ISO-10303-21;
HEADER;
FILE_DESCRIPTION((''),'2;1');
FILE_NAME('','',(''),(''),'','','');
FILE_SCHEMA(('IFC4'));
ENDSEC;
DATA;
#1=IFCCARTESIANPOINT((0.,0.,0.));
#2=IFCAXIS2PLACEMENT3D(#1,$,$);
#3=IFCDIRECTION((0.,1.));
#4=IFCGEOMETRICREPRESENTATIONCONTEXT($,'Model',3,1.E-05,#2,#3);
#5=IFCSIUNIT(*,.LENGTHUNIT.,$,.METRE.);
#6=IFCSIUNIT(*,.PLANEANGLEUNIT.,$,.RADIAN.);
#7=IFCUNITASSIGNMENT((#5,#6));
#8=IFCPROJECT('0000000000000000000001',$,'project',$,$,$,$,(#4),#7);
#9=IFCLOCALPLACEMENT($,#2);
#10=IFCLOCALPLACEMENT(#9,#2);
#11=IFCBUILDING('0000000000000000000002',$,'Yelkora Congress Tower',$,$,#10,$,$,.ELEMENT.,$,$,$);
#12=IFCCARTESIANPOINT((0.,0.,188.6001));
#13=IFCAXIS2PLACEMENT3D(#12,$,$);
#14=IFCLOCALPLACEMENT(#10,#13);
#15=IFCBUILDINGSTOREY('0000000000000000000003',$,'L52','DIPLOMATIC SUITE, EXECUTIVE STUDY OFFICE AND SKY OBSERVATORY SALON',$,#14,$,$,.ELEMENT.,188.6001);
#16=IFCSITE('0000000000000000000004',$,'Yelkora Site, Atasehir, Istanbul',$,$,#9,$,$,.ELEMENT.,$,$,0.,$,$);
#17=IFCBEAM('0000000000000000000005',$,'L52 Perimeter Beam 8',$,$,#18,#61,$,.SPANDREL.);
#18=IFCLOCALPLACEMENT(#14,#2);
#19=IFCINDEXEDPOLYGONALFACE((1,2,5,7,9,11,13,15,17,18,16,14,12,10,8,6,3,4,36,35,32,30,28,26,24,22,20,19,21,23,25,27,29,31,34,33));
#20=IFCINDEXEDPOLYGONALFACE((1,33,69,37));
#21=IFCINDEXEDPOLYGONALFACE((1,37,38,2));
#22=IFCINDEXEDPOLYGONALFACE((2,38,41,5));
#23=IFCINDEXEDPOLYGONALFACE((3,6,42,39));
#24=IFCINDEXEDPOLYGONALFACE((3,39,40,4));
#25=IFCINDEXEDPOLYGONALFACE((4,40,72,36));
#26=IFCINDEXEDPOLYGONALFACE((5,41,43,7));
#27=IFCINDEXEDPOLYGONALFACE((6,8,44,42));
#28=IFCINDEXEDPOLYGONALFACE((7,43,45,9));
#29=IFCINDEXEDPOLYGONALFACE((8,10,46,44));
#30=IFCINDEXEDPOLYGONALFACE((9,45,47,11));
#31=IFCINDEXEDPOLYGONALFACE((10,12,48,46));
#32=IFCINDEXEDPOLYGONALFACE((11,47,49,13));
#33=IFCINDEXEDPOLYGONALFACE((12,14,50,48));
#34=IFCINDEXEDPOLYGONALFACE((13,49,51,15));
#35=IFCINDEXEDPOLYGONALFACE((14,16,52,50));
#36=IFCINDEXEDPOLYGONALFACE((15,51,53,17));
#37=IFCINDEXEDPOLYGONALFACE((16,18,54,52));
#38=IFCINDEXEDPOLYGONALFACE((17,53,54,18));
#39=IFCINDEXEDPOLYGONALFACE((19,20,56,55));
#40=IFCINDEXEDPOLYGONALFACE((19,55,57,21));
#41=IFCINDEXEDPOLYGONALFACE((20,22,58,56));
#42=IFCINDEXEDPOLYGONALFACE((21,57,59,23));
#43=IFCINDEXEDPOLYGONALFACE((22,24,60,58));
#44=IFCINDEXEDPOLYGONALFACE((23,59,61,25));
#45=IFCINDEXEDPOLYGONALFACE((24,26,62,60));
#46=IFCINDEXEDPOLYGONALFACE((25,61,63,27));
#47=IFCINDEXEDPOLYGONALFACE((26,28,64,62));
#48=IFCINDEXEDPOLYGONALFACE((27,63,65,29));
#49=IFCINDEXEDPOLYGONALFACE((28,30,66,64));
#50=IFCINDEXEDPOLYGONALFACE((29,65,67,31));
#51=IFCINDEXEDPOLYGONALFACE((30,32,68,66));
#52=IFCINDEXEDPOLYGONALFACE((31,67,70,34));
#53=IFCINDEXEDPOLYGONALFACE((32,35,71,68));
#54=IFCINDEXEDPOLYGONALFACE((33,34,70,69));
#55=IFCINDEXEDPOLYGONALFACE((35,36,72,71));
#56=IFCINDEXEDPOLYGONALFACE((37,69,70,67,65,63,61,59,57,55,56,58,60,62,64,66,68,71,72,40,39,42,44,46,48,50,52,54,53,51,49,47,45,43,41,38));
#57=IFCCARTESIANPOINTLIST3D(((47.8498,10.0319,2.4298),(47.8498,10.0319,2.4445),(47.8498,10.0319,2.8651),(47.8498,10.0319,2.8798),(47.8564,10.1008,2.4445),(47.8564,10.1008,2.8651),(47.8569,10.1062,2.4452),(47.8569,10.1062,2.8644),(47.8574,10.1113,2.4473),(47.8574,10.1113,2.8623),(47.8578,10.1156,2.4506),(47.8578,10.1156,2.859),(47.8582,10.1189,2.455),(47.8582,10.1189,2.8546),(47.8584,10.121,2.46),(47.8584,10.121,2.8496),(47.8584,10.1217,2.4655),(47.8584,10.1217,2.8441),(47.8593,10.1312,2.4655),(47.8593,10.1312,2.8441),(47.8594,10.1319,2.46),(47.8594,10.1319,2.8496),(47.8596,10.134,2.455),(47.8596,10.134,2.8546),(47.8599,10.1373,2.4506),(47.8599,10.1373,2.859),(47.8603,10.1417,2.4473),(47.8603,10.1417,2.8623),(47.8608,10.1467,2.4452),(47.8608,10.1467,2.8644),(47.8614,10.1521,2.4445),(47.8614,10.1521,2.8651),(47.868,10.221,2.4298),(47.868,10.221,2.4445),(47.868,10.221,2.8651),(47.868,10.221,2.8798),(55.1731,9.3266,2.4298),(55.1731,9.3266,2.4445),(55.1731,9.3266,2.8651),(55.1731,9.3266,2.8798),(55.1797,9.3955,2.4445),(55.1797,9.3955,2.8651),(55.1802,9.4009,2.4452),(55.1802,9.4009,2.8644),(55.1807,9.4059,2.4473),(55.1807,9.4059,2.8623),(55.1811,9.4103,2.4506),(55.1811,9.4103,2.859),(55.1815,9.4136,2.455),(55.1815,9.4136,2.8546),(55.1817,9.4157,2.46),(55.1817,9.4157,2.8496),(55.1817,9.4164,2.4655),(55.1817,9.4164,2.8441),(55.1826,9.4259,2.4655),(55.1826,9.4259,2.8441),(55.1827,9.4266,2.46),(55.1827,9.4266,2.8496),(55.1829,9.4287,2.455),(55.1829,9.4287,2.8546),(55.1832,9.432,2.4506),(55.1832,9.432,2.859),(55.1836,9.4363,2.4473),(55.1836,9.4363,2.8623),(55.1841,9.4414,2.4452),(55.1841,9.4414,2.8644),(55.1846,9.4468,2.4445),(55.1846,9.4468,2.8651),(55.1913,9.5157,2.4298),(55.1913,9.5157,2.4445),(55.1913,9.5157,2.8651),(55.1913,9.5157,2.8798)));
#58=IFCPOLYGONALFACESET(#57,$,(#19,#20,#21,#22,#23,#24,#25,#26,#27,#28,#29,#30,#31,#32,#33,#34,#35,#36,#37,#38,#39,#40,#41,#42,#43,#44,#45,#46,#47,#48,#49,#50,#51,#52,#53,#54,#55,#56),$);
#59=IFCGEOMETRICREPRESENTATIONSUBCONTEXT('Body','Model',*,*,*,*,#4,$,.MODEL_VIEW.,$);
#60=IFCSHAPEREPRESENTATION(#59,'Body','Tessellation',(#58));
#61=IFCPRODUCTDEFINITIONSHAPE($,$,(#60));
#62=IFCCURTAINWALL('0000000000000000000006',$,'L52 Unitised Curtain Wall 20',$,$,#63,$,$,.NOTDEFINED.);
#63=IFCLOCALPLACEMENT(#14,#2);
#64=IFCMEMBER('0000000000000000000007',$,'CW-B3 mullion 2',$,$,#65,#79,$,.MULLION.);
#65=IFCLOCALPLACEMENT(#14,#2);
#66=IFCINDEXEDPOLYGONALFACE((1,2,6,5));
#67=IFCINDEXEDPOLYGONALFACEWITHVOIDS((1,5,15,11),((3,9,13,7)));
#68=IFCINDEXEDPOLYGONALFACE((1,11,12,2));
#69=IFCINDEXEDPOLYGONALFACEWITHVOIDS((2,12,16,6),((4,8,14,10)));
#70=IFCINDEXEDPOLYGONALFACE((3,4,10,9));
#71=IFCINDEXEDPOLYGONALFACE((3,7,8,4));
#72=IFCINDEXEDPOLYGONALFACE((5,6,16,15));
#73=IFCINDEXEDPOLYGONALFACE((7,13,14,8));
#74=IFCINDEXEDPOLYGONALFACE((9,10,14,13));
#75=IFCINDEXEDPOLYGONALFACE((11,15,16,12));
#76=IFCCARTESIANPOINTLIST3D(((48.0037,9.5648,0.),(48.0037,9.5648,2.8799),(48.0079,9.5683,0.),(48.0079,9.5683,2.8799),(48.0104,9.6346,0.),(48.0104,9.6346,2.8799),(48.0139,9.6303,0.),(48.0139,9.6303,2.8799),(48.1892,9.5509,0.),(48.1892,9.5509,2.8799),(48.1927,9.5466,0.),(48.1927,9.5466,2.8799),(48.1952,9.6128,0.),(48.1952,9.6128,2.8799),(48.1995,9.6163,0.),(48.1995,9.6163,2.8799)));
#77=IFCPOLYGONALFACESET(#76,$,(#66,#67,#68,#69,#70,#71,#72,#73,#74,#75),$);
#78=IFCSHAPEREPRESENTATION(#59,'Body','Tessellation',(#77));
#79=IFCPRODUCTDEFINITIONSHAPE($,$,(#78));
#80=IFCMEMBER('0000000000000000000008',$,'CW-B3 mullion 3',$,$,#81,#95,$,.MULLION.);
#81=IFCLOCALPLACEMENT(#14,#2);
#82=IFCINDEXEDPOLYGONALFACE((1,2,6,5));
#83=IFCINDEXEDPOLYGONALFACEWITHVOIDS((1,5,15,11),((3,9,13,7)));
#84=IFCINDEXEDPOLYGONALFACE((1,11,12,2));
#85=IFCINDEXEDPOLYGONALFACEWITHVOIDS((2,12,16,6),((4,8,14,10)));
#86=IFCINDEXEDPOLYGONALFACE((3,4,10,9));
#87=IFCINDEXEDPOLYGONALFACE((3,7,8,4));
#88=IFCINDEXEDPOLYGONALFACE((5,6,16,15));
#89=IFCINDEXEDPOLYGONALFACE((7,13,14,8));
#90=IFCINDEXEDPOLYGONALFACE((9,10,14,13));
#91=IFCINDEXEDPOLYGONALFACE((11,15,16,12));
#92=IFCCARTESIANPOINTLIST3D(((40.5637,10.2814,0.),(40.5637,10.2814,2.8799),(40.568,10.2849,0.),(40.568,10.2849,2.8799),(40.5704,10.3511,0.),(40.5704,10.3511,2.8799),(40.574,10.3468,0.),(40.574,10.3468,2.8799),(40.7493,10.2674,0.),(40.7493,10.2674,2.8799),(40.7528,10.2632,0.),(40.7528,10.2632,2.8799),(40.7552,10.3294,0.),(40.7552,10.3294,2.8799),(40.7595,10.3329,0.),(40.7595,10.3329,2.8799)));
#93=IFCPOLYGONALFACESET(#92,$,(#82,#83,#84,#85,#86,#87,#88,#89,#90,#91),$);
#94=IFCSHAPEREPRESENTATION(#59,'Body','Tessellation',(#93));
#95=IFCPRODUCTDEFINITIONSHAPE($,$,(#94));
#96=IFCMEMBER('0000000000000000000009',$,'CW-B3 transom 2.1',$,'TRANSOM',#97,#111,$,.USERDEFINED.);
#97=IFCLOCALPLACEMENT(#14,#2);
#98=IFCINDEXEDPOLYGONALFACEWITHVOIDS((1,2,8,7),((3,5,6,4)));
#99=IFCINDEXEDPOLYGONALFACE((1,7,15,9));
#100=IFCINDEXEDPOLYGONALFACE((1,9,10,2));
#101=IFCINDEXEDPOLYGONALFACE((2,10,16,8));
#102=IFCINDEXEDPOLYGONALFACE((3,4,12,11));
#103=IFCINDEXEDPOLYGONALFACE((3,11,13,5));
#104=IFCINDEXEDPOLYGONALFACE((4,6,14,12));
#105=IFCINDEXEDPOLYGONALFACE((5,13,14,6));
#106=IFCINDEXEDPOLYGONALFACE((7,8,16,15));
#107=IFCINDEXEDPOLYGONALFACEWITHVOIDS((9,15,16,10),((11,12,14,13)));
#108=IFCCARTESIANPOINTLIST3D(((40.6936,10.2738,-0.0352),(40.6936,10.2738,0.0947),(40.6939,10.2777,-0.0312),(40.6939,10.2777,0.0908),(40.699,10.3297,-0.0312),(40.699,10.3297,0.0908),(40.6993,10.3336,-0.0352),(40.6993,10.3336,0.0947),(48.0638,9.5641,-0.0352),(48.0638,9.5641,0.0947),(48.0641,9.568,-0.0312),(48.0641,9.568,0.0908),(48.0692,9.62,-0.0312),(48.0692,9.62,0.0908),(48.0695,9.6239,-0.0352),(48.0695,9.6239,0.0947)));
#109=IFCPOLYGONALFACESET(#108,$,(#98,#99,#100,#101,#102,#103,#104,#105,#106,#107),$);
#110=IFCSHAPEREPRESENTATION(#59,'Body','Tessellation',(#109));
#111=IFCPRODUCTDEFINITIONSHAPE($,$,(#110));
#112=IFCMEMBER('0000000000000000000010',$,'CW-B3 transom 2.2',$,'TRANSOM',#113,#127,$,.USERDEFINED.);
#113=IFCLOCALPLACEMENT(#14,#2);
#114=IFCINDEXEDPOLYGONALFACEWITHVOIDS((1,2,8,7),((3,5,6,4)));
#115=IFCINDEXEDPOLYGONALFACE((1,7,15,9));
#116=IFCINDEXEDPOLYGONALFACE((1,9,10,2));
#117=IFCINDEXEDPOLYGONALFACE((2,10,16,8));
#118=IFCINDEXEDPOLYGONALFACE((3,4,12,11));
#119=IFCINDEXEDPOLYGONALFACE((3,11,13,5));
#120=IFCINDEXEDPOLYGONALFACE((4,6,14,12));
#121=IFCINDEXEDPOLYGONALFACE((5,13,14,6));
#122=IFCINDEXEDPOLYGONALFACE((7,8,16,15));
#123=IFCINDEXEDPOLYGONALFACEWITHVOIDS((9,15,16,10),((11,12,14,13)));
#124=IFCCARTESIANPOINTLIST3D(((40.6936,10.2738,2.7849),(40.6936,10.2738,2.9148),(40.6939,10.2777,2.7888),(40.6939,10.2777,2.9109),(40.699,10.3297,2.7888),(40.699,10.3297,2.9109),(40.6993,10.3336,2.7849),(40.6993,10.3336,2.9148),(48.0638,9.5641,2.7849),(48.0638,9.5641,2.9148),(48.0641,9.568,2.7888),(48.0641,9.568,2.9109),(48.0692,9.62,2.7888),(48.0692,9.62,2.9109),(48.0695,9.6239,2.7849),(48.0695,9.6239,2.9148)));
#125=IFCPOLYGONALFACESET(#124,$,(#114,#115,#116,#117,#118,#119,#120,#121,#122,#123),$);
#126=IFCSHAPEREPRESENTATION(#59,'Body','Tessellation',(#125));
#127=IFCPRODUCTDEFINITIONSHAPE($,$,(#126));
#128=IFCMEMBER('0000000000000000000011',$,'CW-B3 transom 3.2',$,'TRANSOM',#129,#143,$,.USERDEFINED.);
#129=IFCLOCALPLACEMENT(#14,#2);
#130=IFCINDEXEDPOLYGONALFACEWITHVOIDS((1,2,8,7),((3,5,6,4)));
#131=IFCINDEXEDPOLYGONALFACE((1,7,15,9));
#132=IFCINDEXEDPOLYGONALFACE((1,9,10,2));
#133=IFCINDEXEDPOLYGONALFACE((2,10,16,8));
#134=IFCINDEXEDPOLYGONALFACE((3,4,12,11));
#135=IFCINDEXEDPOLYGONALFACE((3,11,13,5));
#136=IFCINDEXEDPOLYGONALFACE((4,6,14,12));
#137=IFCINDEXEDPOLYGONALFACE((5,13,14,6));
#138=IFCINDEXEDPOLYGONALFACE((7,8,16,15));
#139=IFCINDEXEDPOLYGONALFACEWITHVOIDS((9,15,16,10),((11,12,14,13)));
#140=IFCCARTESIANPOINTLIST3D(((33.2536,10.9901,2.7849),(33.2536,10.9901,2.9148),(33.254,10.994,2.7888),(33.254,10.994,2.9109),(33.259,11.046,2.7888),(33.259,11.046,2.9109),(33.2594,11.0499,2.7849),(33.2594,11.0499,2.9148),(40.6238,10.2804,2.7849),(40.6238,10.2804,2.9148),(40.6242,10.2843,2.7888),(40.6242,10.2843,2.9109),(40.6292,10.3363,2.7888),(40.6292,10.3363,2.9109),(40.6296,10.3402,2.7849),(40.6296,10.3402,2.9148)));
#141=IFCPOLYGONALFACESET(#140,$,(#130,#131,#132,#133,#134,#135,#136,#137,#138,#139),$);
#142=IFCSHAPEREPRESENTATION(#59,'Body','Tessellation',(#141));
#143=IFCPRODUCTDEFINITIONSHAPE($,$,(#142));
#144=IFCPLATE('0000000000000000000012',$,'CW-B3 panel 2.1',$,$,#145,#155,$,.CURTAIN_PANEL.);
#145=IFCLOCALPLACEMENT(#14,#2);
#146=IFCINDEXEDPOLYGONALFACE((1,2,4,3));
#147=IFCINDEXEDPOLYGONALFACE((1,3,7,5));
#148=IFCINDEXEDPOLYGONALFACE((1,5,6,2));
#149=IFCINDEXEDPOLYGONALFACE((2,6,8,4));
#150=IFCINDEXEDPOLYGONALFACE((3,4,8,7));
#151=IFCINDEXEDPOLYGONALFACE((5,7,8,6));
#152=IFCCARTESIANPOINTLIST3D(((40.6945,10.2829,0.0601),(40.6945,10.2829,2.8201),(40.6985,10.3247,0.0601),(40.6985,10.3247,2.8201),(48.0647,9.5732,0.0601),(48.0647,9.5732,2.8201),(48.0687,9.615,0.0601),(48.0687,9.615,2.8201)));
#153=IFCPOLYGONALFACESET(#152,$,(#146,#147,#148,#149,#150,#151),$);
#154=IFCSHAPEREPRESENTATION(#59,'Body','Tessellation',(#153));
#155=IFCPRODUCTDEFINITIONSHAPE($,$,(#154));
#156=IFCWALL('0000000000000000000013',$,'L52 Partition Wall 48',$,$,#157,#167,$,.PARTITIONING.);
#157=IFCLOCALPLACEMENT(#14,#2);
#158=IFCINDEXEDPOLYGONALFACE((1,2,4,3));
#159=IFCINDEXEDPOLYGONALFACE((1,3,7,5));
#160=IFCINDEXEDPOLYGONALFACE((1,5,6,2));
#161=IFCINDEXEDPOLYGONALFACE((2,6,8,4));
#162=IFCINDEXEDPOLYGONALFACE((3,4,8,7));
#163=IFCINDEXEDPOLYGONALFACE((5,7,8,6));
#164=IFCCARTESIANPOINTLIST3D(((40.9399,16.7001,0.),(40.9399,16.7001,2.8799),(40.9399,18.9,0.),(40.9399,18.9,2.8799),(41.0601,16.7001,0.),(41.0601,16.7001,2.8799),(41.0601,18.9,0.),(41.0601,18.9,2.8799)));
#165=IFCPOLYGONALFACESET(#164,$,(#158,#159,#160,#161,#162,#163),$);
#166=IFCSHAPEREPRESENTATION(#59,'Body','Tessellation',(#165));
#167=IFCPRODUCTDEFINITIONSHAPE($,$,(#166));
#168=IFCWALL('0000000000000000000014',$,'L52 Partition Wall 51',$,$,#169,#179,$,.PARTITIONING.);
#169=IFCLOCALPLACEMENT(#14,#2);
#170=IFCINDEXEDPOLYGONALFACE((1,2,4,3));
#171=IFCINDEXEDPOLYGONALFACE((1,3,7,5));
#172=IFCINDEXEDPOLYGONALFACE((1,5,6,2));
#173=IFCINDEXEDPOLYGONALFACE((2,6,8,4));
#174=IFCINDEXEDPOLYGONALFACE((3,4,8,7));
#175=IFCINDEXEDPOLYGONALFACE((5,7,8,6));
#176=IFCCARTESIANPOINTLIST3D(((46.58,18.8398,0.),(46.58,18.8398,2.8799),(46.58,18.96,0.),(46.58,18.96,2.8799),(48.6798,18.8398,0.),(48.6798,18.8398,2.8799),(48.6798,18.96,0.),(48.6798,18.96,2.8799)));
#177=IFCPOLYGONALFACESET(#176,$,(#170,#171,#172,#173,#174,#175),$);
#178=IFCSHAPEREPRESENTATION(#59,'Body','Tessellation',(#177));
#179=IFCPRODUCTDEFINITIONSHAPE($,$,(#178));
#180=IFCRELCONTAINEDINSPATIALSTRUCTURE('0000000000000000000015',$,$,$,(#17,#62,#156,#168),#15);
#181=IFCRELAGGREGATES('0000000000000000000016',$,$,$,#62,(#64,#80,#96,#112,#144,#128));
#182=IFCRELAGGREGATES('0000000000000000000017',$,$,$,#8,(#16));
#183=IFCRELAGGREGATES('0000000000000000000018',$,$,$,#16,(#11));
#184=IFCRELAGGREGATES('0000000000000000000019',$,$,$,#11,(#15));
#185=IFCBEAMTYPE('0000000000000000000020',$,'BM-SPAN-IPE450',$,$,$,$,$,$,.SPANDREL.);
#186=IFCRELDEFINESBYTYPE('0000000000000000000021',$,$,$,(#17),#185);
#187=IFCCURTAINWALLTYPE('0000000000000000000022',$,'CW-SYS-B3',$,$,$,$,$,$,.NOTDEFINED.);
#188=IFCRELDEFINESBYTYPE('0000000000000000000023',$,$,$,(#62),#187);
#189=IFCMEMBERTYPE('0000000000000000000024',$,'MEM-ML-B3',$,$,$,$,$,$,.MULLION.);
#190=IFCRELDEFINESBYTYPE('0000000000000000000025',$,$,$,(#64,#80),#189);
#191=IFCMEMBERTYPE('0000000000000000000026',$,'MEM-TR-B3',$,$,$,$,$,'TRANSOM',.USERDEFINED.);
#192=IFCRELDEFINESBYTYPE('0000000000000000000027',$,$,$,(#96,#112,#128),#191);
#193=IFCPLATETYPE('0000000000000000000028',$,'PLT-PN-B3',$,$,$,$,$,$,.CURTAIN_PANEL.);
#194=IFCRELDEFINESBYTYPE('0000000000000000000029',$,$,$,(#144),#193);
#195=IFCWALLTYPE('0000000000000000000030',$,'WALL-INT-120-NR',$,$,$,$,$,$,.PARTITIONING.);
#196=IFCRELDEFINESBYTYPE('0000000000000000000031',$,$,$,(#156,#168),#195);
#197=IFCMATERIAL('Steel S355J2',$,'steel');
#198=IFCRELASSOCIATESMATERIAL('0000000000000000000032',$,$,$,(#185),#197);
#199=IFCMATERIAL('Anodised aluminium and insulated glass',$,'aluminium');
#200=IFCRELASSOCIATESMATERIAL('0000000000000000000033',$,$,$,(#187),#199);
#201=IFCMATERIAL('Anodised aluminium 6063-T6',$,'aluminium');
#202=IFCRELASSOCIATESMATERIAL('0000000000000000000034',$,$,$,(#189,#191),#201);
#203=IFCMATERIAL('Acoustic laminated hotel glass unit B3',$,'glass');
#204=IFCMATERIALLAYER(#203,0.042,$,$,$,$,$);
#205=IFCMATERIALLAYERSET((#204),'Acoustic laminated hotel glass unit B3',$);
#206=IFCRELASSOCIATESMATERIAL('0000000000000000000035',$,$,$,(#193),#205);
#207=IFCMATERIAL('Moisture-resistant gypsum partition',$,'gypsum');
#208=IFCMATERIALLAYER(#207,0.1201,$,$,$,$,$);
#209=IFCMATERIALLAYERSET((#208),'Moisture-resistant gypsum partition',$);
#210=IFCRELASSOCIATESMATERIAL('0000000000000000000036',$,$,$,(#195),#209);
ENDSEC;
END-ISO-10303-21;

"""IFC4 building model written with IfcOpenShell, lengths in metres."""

from ifc_helpers import new_model, si_unit, direction, frame, frame_2d, origin, origin_2d, place, context, subcontext, project, spatial, rectangle, hollow_rectangle, i_section, extrude, material, layer, layer_set, material_profile, profile_set, type_object, element, aggregate, save


model = new_model("IFC4")

# Units and contexts
model_context = context("Model", 3, precision=1e-05, world=origin(), true_north=direction((0.0, 1.0)))
body_context = subcontext(model_context, "Body", "Model", "MODEL_VIEW")
ifc_project = project(units=[si_unit("LENGTHUNIT", "METRE"), si_unit("PLANEANGLEUNIT", "RADIAN")], contexts=[model_context])

# Site, building, storey
site_placement = place(None, origin())
site = spatial("IfcSite", under=ifc_project, at=site_placement, Name="Yelkora Site, Atasehir, Istanbul", CompositionType="ELEMENT", RefElevation=0.0)
building_placement = place(site_placement, origin())
building = spatial("IfcBuilding", under=site, at=building_placement, Name="Yelkora Congress Tower", CompositionType="ELEMENT")
storey_placement = place(building_placement, frame((0.0, 0.0, 188.6001)))
storey = spatial("IfcBuildingStorey", under=building, at=storey_placement, Name="L52", Description="DIPLOMATIC SUITE, EXECUTIVE STUDY OFFICE AND SKY OBSERVATORY SALON", CompositionType="ELEMENT", Elevation=188.6001)

# Beam
ifc_material_1 = material(Name="Steel S355J2", Category="steel")
ifc_material_profile_1 = material_profile(ifc_material_1, i_section(OverallWidth=0.1899, OverallDepth=0.45, WebThickness=0.0095, FlangeThickness=0.0146, FilletRadius=0.021, at=origin_2d()), Name="IPE 450")
ifc_profile_set_1 = profile_set([ifc_material_profile_1], Name="Steel S355J2")
beam_type_1 = type_object("IfcBeamType", Name="BM-SPAN-IPE450", PredefinedType="SPANDREL", material=ifc_profile_set_1)
beam_1_placement = place(storey_placement, frame((47.8589, 10.1265, 2.6548), z_axis=(0.995394, -0.095869, 0.0), x_axis=(0.095869, 0.995394, 0.0)))
element("IfcBeam", 1, at=beam_1_placement, inside=storey, type_object=beam_type_1, Name="L52 Perimeter Beam 8", PredefinedType="SPANDREL", context=body_context, shape_type="SweptSolid", body=[
    extrude(i_section(OverallWidth=0.1899, OverallDepth=0.45, WebThickness=0.0095, FlangeThickness=0.0146, FilletRadius=0.021, at=origin_2d()), origin(), (0.0, 0.0, 1.0), 7.3572),
])

# Curtain wall, members, plate
ifc_material_2 = material(Name="Anodised aluminium and insulated glass", Category="aluminium")
curtain_wall_type = type_object("IfcCurtainWallType", Name="CW-SYS-B3", PredefinedType="NOTDEFINED", material=ifc_material_2)
curtain_wall_placement = place(storey_placement, origin())
curtain_wall = element("IfcCurtainWall", 2, at=curtain_wall_placement, inside=storey, type_object=curtain_wall_type, Name="L52 Unitised Curtain Wall 20", PredefinedType="NOTDEFINED")
ifc_material_3 = material(Name="Anodised aluminium 6063-T6", Category="aluminium")
ifc_material_profile_2 = material_profile(ifc_material_3, hollow_rectangle(XDim=0.0701, YDim=0.1899, WallThickness=0.0039, at=origin_2d()), Name="ALU 70x190x4")
ifc_profile_set_2 = profile_set([ifc_material_profile_2], Name="Anodised aluminium 6063-T6")
member_type_1 = type_object("IfcMemberType", Name="MEM-ML-B3", PredefinedType="MULLION", material=ifc_profile_set_2)
member_1_placement = place(storey_placement, frame((48.1016, 9.5906, 0.0), z_axis=(0.0, 0.0, 1.0), x_axis=(-0.095845, -0.995396, 0.0)))
member_1 = element("IfcMember", 3, at=member_1_placement, type_object=member_type_1, Name="CW-B3 mullion 2", PredefinedType="MULLION", context=body_context, shape_type="SweptSolid", body=[
    extrude(hollow_rectangle(XDim=0.0701, YDim=0.1899, WallThickness=0.0039, at=origin_2d()), origin(), (0.0, 0.0, 1.0), 2.8799),
])
member_2_placement = place(storey_placement, frame((40.6616, 10.3071, 0.0), z_axis=(0.0, 0.0, 1.0), x_axis=(-0.095845, -0.995396, 0.0)))
member_2 = element("IfcMember", 4, at=member_2_placement, type_object=member_type_1, Name="CW-B3 mullion 3", PredefinedType="MULLION", context=body_context, shape_type="SweptSolid", body=[
    extrude(hollow_rectangle(XDim=0.0701, YDim=0.1899, WallThickness=0.0039, at=origin_2d()), origin(), (0.0, 0.0, 1.0), 2.8799),
])
ifc_material_profile_3 = material_profile(ifc_material_3, hollow_rectangle(XDim=0.0601, YDim=0.1299, WallThickness=0.0039, at=origin_2d()), Name="ALU 60x130x4")
ifc_profile_set_3 = profile_set([ifc_material_profile_3], Name="Anodised aluminium 6063-T6")
member_type_2 = type_object("IfcMemberType", Name="MEM-TR-B3", ElementType="TRANSOM", PredefinedType="USERDEFINED", material=ifc_profile_set_3)
member_3_placement = place(storey_placement, frame((48.0667, 9.594, 0.0298), z_axis=(-0.995395, 0.095853, 0.0), x_axis=(-0.095853, -0.995395, 0.0)))
member_3 = element("IfcMember", 5, at=member_3_placement, type_object=member_type_2, Name="CW-B3 transom 2.1", ObjectType="TRANSOM", PredefinedType="USERDEFINED", context=body_context, shape_type="SweptSolid", body=[
    extrude(hollow_rectangle(XDim=0.0601, YDim=0.1299, WallThickness=0.0039, at=origin_2d()), origin(), (0.0, 0.0, 1.0), 7.4043),
])
member_4_placement = place(storey_placement, frame((48.0667, 9.594, 2.8499), z_axis=(-0.995395, 0.095853, 0.0), x_axis=(-0.095853, -0.995395, 0.0)))
member_4 = element("IfcMember", 6, at=member_4_placement, type_object=member_type_2, Name="CW-B3 transom 2.2", ObjectType="TRANSOM", PredefinedType="USERDEFINED", context=body_context, shape_type="SweptSolid", body=[
    extrude(hollow_rectangle(XDim=0.0601, YDim=0.1299, WallThickness=0.0039, at=origin_2d()), origin(), (0.0, 0.0, 1.0), 7.4043),
])
member_5_placement = place(storey_placement, frame((40.6267, 10.3103, 2.8499), z_axis=(-0.995395, 0.095853, 0.0), x_axis=(-0.095853, -0.995395, 0.0)))
member_5 = element("IfcMember", 7, at=member_5_placement, type_object=member_type_2, Name="CW-B3 transom 3.2", ObjectType="TRANSOM", PredefinedType="USERDEFINED", context=body_context, shape_type="SweptSolid", body=[
    extrude(hollow_rectangle(XDim=0.0601, YDim=0.1299, WallThickness=0.0039, at=origin_2d()), origin(), (0.0, 0.0, 1.0), 7.4043),
])
ifc_material_4 = material(Name="Acoustic laminated hotel glass unit B3", Category="glass")
ifc_layer_1 = layer(ifc_material_4, 0.042)
ifc_layer_set_1 = layer_set([ifc_layer_1], Name="Acoustic laminated hotel glass unit B3")
plate_type = type_object("IfcPlateType", Name="PLT-PN-B3", PredefinedType="CURTAIN_PANEL", material=ifc_layer_set_1)
plate_placement = place(storey_placement, frame((44.3816, 9.949, 0.0601), z_axis=(0.0, 0.0, 1.0), x_axis=(-0.995396, 0.095845, 0.0)))
plate = element("IfcPlate", 8, at=plate_placement, type_object=plate_type, Name="CW-B3 panel 2.1", PredefinedType="CURTAIN_PANEL", context=body_context, shape_type="SweptSolid", body=[
    extrude(rectangle(XDim=7.4043, YDim=0.042, at=origin_2d()), origin(), (0.0, 0.0, 1.0), 2.76),
])
aggregate(curtain_wall, [member_1, member_2, member_3, member_4, plate, member_5])

# Walls
ifc_material_5 = material(Name="Moisture-resistant gypsum partition", Category="gypsum")
ifc_layer_2 = layer(ifc_material_5, 0.1201)
ifc_layer_set_2 = layer_set([ifc_layer_2], Name="Moisture-resistant gypsum partition")
wall_type_1 = type_object("IfcWallType", Name="WALL-INT-120-NR", PredefinedType="PARTITIONING", material=ifc_layer_set_2)
wall_1_placement = place(storey_placement, frame((41.0, 16.7, 0.0), z_axis=(0.0, 0.0, 1.0), x_axis=(0.0, 1.0, 0.0)))
element("IfcWall", 9, at=wall_1_placement, inside=storey, type_object=wall_type_1, Name="L52 Partition Wall 48", PredefinedType="PARTITIONING", context=body_context, shape_type="SweptSolid", body=[
    extrude(rectangle(XDim=2.2, YDim=0.1201, at=frame_2d((1.1001, 0.0))), origin(), (0.0, 0.0, 1.0), 2.8799),
])
wall_2_placement = place(storey_placement, frame((46.5801, 18.8999, 0.0), z_axis=(0.0, 0.0, 1.0), x_axis=(1.0, 0.0, 0.0)))
element("IfcWall", 10, at=wall_2_placement, inside=storey, type_object=wall_type_1, Name="L52 Partition Wall 51", PredefinedType="PARTITIONING", context=body_context, shape_type="SweptSolid", body=[
    extrude(rectangle(XDim=2.0999, YDim=0.1201, at=frame_2d((1.0498, 0.0))), origin(), (0.0, 0.0, 1.0), 2.8799),
])

save(model, "model.ifc")
